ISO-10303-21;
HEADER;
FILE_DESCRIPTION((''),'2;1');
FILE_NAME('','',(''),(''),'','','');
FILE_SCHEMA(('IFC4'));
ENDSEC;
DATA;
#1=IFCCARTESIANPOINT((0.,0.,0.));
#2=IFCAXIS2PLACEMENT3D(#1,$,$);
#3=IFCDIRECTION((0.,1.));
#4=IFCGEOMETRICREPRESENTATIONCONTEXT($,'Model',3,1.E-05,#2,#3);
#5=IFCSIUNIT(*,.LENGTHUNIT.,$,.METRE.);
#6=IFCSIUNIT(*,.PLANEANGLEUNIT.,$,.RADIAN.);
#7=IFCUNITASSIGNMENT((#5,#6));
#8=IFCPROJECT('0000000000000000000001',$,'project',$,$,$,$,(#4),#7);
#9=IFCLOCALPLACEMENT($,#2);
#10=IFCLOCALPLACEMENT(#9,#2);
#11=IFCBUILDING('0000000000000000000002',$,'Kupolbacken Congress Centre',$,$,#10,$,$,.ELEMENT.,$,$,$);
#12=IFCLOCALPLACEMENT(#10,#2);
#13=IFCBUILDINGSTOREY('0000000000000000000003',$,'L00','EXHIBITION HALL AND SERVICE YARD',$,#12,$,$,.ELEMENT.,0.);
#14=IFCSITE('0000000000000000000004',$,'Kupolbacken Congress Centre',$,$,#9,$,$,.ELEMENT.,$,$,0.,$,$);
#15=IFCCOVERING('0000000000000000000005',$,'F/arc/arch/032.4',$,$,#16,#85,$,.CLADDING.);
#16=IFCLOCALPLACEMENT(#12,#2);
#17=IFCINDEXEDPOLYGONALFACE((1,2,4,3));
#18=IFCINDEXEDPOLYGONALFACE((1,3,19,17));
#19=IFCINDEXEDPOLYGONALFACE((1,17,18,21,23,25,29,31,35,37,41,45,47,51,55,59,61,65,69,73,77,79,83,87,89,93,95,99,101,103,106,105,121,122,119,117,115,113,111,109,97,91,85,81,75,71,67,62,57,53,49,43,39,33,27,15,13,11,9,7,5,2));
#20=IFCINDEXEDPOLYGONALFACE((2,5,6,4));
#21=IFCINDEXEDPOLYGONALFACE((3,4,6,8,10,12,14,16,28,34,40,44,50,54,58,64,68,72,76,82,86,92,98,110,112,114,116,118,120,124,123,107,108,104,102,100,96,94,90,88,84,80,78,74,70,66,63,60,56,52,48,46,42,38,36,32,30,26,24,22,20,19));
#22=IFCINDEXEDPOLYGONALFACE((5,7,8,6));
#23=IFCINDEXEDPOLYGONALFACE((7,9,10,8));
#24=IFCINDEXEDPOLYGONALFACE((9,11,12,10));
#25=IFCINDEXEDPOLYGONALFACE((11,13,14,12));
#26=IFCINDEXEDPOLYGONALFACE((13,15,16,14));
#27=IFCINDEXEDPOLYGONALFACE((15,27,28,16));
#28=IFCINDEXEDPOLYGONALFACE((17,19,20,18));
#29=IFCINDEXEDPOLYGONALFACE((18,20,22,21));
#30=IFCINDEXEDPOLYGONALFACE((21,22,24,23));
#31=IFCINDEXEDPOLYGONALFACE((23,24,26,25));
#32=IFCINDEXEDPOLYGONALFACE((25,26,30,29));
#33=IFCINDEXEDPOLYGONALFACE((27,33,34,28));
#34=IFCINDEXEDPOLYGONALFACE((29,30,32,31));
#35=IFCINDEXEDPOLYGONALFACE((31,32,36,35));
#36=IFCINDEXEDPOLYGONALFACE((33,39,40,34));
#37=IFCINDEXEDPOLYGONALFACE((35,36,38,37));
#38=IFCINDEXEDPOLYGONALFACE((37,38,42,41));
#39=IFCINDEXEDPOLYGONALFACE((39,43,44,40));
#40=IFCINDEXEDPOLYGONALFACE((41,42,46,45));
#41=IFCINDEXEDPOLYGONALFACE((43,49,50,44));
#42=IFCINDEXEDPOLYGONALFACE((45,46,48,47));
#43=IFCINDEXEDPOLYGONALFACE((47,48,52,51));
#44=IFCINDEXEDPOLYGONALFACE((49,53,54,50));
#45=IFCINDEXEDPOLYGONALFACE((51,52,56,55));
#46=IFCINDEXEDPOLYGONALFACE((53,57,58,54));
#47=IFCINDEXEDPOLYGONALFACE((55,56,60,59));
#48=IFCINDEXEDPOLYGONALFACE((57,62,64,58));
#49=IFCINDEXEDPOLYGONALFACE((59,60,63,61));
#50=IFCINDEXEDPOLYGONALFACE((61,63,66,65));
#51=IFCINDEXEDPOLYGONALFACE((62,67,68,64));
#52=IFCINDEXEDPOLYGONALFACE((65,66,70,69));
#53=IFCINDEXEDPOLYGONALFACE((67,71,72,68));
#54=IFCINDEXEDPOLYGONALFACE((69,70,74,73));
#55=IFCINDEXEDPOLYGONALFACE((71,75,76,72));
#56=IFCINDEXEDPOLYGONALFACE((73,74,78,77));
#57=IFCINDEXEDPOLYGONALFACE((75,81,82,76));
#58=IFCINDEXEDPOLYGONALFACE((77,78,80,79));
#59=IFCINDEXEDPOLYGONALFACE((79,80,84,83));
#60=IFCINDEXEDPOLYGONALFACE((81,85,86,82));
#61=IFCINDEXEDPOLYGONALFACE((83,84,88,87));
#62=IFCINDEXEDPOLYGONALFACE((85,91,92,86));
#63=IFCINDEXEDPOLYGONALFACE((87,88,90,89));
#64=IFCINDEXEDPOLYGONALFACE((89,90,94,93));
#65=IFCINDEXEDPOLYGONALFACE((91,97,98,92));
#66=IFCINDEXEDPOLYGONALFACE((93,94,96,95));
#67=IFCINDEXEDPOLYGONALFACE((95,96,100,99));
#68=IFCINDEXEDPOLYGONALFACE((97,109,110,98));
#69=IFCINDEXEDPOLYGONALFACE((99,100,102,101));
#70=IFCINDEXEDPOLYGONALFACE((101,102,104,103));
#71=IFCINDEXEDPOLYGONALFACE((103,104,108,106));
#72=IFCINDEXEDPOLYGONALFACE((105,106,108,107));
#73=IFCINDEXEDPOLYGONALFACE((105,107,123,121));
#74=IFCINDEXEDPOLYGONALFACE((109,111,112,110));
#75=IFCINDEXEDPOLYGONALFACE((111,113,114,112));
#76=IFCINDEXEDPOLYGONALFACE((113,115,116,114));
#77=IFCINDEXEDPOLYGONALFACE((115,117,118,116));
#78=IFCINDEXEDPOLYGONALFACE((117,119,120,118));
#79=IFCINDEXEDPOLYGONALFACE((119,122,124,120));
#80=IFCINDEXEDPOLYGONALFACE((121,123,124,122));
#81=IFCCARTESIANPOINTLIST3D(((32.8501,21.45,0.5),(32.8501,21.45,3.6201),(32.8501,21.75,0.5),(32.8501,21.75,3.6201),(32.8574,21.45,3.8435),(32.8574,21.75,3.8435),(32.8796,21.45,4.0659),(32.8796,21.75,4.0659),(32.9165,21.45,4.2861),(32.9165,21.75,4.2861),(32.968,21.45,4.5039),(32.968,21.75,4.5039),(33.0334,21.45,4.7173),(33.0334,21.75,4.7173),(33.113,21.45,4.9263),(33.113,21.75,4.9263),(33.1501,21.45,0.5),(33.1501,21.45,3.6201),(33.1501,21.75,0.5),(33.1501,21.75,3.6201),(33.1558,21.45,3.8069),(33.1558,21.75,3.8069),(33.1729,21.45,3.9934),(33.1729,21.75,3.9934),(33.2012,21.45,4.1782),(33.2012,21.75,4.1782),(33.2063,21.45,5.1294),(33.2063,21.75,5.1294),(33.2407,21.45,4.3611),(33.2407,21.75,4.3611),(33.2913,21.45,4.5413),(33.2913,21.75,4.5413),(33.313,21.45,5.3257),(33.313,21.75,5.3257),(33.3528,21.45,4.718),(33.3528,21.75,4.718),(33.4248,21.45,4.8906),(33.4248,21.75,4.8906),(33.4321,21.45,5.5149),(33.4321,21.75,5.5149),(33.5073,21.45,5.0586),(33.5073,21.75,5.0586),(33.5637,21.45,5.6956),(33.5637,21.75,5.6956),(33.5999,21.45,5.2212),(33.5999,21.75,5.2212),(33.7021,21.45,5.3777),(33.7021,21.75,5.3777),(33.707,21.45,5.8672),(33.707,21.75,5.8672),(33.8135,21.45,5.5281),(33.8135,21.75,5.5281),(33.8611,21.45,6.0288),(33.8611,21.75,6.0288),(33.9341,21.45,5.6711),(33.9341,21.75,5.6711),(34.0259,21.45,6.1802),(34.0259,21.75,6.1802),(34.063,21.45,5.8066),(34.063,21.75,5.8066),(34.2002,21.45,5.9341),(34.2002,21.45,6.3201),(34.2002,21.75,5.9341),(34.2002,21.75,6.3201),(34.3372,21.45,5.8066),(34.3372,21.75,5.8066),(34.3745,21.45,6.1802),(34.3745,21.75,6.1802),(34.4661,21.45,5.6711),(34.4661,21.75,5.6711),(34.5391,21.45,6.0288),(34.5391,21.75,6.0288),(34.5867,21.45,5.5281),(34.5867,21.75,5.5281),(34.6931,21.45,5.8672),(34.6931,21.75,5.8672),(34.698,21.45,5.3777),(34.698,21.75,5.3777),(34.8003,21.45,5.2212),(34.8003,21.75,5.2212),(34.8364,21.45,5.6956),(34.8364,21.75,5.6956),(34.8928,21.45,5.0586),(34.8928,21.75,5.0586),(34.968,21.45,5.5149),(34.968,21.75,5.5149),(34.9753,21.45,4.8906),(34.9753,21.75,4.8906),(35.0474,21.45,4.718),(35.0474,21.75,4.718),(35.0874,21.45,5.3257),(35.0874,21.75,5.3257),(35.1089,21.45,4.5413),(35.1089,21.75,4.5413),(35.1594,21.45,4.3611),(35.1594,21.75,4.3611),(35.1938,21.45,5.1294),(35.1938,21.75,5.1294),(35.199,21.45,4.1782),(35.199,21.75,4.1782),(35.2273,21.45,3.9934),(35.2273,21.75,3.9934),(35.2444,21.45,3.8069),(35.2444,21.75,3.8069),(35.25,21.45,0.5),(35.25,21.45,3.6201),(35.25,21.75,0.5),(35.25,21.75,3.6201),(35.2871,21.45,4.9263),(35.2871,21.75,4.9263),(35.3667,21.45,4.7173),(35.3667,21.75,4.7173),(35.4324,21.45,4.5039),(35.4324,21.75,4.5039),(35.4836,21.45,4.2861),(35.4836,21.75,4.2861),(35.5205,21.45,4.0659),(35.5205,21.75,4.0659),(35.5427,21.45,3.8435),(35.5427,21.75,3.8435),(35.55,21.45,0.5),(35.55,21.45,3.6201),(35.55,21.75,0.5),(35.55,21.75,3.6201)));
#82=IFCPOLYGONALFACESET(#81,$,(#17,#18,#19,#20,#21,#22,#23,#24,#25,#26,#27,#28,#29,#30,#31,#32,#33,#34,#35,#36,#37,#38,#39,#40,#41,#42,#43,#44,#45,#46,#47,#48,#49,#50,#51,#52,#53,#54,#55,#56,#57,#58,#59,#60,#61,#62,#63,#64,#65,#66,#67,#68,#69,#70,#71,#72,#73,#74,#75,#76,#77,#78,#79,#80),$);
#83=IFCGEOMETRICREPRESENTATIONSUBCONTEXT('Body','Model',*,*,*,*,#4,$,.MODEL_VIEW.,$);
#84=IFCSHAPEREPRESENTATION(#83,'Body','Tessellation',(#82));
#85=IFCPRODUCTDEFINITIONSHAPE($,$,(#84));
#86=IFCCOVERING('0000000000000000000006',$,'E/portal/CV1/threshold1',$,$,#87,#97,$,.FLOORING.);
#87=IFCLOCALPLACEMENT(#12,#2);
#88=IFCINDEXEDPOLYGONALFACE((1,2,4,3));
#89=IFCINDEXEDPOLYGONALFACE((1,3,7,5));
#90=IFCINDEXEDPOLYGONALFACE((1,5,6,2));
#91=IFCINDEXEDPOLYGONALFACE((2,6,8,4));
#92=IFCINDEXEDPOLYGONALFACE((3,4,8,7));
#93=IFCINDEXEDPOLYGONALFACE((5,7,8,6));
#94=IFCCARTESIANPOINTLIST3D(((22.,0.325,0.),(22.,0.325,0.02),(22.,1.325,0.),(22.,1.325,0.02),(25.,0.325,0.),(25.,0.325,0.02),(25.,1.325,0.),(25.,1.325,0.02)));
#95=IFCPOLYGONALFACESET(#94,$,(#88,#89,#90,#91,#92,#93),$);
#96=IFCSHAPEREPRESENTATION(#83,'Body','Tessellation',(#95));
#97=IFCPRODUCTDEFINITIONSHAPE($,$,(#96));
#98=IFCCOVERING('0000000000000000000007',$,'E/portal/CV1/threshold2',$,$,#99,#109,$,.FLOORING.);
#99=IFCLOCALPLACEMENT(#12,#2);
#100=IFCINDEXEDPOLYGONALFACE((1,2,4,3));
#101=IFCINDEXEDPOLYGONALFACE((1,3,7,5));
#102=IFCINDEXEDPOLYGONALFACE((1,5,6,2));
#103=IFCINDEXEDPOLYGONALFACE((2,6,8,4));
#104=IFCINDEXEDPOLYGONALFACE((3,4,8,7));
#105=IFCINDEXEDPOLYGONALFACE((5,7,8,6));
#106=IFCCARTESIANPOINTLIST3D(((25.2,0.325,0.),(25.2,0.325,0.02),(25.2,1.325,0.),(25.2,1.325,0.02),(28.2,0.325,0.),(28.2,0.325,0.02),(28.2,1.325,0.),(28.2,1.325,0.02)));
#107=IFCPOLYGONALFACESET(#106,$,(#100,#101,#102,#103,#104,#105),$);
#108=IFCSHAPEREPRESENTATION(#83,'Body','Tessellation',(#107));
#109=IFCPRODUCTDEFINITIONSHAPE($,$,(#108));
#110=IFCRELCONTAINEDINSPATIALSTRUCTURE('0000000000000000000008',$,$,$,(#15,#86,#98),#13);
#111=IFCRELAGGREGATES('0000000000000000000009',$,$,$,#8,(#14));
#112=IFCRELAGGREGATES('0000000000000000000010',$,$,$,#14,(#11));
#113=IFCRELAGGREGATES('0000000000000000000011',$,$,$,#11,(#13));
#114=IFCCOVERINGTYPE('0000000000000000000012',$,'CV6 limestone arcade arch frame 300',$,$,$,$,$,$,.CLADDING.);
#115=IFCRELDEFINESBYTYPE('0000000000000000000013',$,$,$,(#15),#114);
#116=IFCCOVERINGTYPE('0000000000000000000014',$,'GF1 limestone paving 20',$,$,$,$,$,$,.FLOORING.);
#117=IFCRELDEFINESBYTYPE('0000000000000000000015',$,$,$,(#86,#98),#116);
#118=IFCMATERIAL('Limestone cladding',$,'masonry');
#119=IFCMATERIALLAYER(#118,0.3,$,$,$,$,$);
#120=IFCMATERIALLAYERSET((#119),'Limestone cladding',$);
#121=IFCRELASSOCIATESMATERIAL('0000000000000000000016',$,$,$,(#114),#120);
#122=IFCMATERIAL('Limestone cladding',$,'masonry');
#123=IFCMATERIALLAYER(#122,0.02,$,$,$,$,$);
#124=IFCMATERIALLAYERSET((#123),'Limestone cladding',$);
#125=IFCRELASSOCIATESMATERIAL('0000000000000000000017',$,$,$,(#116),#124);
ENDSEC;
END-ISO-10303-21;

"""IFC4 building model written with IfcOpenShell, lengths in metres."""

from ifc_helpers import new_model, si_unit, direction, frame, origin, origin_2d, place, context, subcontext, project, spatial, polyline, rectangle, outline, extrude, material, layer, layer_set, type_object, element, save


model = new_model("IFC4")

# Units and contexts
model_context = context("Model", 3, precision=1e-05, world=origin(), true_north=direction((0.0, 1.0)))
body_context = subcontext(model_context, "Body", "Model", "MODEL_VIEW")
ifc_project = project(units=[si_unit("LENGTHUNIT", "METRE"), si_unit("PLANEANGLEUNIT", "RADIAN")], contexts=[model_context])

# Site, building, storey
site_placement = place(None, origin())
site = spatial("IfcSite", under=ifc_project, at=site_placement, Name="Kupolbacken Congress Centre", CompositionType="ELEMENT", RefElevation=0.0)
building_placement = place(site_placement, origin())
building = spatial("IfcBuilding", under=site, at=building_placement, Name="Kupolbacken Congress Centre", CompositionType="ELEMENT")
storey_placement = place(building_placement, origin())
storey = spatial("IfcBuildingStorey", under=building, at=storey_placement, Name="L00", Description="EXHIBITION HALL AND SERVICE YARD", CompositionType="ELEMENT", Elevation=0.0)

# Coverings
ifc_material_1 = material(Name="Limestone cladding", Category="masonry")
ifc_layer_1 = layer(ifc_material_1, 0.3)
ifc_layer_set_1 = layer_set([ifc_layer_1], Name="Limestone cladding")
covering_type_1 = type_object("IfcCoveringType", Name="CV6 limestone arcade arch frame 300", PredefinedType="CLADDING", material=ifc_layer_set_1)
covering_1_placement = place(storey_placement, frame((32.8501, 21.45, 0.5), z_axis=(0.0, 1.0, 0.0), x_axis=(-1.0, 0.0, 0.0)))
element("IfcCovering", 1, at=covering_1_placement, inside=storey, type_object=covering_type_1, Name="F/arc/arch/032.4", PredefinedType="CLADDING", context=body_context, shape_type="SweptSolid", body=[
    extrude(outline(polyline([(0.0, 0.0), (0.0, 3.1201), (-0.0073, 3.3435), (-0.0295, 3.5659), (-0.0664, 3.7861), (-0.1179, 4.0039), (-0.1833, 4.2173), (-0.2629, 4.4263), (-0.3562, 4.6294), (-0.4629, 4.8257), (-0.582, 5.0149), (-0.7136, 5.1956), (-0.8569, 5.3672), (-1.011, 5.5288), (-1.1758, 5.6802), (-1.3501, 5.8201), (-1.5244, 5.6802), (-1.689, 5.5288), (-1.843, 5.3672), (-1.9863, 5.1956), (-2.1179, 5.0149), (-2.2373, 4.8257), (-2.3438, 4.6294), (-2.437, 4.4263), (-2.5166, 4.2173), (-2.5823, 4.0039), (-2.6335, 3.7861), (-2.6704, 3.5659), (-2.6926, 3.3435), (-2.7, 3.1201), (-2.7, 0.0), (-2.3999, 0.0), (-2.3999, 3.1201), (-2.3943, 3.3069), (-2.3772, 3.4934), (-2.3489, 3.6782), (-2.3093, 3.8611), (-2.2588, 4.0413), (-2.1973, 4.218), (-2.1252, 4.3906), (-2.0427, 4.5586), (-1.9502, 4.7212), (-1.8479, 4.8777), (-1.7366, 5.0281), (-1.616, 5.1711), (-1.4871, 5.3066), (-1.3501, 5.4341), (-1.2129, 5.3066), (-1.084, 5.1711), (-0.9634, 5.0281), (-0.8521, 4.8777), (-0.7498, 4.7212), (-0.6572, 4.5586), (-0.5747, 4.3906), (-0.5027, 4.218), (-0.4412, 4.0413), (-0.3906, 3.8611), (-0.3511, 3.6782), (-0.3228, 3.4934), (-0.3057, 3.3069), (-0.3, 3.1201), (-0.3, 0.0), (0.0, 0.0)])), origin(), (0.0, 0.0, 1.0), 0.3),
])
ifc_material_2 = material(Name="Limestone cladding", Category="masonry")
ifc_layer_2 = layer(ifc_material_2, 0.02)
ifc_layer_set_2 = layer_set([ifc_layer_2], Name="Limestone cladding")
covering_type_2 = type_object("IfcCoveringType", Name="GF1 limestone paving 20", PredefinedType="FLOORING", material=ifc_layer_set_2)
for number, where, z_axis, x_axis, name in (
    (2, (23.5, 0.825, 0.0), (0.0, 0.0, 1.0), (1.0, 0.0, 0.0), "E/portal/CV1/threshold1"),
    (3, (26.7, 0.825, 0.0), (0.0, 0.0, 1.0), (1.0, 0.0, 0.0), "E/portal/CV1/threshold2"),
):
    element("IfcCovering", number, at=place(storey_placement, frame(where, z_axis=z_axis, x_axis=x_axis)), inside=storey, type_object=covering_type_2, Name=name, PredefinedType="FLOORING", context=body_context, shape_type="SweptSolid", body=[
        extrude(rectangle(XDim=3.0, YDim=1.0, at=origin_2d()), origin(), (0.0, 0.0, 1.0), 0.02),
    ])

save(model, "model.ifc")
